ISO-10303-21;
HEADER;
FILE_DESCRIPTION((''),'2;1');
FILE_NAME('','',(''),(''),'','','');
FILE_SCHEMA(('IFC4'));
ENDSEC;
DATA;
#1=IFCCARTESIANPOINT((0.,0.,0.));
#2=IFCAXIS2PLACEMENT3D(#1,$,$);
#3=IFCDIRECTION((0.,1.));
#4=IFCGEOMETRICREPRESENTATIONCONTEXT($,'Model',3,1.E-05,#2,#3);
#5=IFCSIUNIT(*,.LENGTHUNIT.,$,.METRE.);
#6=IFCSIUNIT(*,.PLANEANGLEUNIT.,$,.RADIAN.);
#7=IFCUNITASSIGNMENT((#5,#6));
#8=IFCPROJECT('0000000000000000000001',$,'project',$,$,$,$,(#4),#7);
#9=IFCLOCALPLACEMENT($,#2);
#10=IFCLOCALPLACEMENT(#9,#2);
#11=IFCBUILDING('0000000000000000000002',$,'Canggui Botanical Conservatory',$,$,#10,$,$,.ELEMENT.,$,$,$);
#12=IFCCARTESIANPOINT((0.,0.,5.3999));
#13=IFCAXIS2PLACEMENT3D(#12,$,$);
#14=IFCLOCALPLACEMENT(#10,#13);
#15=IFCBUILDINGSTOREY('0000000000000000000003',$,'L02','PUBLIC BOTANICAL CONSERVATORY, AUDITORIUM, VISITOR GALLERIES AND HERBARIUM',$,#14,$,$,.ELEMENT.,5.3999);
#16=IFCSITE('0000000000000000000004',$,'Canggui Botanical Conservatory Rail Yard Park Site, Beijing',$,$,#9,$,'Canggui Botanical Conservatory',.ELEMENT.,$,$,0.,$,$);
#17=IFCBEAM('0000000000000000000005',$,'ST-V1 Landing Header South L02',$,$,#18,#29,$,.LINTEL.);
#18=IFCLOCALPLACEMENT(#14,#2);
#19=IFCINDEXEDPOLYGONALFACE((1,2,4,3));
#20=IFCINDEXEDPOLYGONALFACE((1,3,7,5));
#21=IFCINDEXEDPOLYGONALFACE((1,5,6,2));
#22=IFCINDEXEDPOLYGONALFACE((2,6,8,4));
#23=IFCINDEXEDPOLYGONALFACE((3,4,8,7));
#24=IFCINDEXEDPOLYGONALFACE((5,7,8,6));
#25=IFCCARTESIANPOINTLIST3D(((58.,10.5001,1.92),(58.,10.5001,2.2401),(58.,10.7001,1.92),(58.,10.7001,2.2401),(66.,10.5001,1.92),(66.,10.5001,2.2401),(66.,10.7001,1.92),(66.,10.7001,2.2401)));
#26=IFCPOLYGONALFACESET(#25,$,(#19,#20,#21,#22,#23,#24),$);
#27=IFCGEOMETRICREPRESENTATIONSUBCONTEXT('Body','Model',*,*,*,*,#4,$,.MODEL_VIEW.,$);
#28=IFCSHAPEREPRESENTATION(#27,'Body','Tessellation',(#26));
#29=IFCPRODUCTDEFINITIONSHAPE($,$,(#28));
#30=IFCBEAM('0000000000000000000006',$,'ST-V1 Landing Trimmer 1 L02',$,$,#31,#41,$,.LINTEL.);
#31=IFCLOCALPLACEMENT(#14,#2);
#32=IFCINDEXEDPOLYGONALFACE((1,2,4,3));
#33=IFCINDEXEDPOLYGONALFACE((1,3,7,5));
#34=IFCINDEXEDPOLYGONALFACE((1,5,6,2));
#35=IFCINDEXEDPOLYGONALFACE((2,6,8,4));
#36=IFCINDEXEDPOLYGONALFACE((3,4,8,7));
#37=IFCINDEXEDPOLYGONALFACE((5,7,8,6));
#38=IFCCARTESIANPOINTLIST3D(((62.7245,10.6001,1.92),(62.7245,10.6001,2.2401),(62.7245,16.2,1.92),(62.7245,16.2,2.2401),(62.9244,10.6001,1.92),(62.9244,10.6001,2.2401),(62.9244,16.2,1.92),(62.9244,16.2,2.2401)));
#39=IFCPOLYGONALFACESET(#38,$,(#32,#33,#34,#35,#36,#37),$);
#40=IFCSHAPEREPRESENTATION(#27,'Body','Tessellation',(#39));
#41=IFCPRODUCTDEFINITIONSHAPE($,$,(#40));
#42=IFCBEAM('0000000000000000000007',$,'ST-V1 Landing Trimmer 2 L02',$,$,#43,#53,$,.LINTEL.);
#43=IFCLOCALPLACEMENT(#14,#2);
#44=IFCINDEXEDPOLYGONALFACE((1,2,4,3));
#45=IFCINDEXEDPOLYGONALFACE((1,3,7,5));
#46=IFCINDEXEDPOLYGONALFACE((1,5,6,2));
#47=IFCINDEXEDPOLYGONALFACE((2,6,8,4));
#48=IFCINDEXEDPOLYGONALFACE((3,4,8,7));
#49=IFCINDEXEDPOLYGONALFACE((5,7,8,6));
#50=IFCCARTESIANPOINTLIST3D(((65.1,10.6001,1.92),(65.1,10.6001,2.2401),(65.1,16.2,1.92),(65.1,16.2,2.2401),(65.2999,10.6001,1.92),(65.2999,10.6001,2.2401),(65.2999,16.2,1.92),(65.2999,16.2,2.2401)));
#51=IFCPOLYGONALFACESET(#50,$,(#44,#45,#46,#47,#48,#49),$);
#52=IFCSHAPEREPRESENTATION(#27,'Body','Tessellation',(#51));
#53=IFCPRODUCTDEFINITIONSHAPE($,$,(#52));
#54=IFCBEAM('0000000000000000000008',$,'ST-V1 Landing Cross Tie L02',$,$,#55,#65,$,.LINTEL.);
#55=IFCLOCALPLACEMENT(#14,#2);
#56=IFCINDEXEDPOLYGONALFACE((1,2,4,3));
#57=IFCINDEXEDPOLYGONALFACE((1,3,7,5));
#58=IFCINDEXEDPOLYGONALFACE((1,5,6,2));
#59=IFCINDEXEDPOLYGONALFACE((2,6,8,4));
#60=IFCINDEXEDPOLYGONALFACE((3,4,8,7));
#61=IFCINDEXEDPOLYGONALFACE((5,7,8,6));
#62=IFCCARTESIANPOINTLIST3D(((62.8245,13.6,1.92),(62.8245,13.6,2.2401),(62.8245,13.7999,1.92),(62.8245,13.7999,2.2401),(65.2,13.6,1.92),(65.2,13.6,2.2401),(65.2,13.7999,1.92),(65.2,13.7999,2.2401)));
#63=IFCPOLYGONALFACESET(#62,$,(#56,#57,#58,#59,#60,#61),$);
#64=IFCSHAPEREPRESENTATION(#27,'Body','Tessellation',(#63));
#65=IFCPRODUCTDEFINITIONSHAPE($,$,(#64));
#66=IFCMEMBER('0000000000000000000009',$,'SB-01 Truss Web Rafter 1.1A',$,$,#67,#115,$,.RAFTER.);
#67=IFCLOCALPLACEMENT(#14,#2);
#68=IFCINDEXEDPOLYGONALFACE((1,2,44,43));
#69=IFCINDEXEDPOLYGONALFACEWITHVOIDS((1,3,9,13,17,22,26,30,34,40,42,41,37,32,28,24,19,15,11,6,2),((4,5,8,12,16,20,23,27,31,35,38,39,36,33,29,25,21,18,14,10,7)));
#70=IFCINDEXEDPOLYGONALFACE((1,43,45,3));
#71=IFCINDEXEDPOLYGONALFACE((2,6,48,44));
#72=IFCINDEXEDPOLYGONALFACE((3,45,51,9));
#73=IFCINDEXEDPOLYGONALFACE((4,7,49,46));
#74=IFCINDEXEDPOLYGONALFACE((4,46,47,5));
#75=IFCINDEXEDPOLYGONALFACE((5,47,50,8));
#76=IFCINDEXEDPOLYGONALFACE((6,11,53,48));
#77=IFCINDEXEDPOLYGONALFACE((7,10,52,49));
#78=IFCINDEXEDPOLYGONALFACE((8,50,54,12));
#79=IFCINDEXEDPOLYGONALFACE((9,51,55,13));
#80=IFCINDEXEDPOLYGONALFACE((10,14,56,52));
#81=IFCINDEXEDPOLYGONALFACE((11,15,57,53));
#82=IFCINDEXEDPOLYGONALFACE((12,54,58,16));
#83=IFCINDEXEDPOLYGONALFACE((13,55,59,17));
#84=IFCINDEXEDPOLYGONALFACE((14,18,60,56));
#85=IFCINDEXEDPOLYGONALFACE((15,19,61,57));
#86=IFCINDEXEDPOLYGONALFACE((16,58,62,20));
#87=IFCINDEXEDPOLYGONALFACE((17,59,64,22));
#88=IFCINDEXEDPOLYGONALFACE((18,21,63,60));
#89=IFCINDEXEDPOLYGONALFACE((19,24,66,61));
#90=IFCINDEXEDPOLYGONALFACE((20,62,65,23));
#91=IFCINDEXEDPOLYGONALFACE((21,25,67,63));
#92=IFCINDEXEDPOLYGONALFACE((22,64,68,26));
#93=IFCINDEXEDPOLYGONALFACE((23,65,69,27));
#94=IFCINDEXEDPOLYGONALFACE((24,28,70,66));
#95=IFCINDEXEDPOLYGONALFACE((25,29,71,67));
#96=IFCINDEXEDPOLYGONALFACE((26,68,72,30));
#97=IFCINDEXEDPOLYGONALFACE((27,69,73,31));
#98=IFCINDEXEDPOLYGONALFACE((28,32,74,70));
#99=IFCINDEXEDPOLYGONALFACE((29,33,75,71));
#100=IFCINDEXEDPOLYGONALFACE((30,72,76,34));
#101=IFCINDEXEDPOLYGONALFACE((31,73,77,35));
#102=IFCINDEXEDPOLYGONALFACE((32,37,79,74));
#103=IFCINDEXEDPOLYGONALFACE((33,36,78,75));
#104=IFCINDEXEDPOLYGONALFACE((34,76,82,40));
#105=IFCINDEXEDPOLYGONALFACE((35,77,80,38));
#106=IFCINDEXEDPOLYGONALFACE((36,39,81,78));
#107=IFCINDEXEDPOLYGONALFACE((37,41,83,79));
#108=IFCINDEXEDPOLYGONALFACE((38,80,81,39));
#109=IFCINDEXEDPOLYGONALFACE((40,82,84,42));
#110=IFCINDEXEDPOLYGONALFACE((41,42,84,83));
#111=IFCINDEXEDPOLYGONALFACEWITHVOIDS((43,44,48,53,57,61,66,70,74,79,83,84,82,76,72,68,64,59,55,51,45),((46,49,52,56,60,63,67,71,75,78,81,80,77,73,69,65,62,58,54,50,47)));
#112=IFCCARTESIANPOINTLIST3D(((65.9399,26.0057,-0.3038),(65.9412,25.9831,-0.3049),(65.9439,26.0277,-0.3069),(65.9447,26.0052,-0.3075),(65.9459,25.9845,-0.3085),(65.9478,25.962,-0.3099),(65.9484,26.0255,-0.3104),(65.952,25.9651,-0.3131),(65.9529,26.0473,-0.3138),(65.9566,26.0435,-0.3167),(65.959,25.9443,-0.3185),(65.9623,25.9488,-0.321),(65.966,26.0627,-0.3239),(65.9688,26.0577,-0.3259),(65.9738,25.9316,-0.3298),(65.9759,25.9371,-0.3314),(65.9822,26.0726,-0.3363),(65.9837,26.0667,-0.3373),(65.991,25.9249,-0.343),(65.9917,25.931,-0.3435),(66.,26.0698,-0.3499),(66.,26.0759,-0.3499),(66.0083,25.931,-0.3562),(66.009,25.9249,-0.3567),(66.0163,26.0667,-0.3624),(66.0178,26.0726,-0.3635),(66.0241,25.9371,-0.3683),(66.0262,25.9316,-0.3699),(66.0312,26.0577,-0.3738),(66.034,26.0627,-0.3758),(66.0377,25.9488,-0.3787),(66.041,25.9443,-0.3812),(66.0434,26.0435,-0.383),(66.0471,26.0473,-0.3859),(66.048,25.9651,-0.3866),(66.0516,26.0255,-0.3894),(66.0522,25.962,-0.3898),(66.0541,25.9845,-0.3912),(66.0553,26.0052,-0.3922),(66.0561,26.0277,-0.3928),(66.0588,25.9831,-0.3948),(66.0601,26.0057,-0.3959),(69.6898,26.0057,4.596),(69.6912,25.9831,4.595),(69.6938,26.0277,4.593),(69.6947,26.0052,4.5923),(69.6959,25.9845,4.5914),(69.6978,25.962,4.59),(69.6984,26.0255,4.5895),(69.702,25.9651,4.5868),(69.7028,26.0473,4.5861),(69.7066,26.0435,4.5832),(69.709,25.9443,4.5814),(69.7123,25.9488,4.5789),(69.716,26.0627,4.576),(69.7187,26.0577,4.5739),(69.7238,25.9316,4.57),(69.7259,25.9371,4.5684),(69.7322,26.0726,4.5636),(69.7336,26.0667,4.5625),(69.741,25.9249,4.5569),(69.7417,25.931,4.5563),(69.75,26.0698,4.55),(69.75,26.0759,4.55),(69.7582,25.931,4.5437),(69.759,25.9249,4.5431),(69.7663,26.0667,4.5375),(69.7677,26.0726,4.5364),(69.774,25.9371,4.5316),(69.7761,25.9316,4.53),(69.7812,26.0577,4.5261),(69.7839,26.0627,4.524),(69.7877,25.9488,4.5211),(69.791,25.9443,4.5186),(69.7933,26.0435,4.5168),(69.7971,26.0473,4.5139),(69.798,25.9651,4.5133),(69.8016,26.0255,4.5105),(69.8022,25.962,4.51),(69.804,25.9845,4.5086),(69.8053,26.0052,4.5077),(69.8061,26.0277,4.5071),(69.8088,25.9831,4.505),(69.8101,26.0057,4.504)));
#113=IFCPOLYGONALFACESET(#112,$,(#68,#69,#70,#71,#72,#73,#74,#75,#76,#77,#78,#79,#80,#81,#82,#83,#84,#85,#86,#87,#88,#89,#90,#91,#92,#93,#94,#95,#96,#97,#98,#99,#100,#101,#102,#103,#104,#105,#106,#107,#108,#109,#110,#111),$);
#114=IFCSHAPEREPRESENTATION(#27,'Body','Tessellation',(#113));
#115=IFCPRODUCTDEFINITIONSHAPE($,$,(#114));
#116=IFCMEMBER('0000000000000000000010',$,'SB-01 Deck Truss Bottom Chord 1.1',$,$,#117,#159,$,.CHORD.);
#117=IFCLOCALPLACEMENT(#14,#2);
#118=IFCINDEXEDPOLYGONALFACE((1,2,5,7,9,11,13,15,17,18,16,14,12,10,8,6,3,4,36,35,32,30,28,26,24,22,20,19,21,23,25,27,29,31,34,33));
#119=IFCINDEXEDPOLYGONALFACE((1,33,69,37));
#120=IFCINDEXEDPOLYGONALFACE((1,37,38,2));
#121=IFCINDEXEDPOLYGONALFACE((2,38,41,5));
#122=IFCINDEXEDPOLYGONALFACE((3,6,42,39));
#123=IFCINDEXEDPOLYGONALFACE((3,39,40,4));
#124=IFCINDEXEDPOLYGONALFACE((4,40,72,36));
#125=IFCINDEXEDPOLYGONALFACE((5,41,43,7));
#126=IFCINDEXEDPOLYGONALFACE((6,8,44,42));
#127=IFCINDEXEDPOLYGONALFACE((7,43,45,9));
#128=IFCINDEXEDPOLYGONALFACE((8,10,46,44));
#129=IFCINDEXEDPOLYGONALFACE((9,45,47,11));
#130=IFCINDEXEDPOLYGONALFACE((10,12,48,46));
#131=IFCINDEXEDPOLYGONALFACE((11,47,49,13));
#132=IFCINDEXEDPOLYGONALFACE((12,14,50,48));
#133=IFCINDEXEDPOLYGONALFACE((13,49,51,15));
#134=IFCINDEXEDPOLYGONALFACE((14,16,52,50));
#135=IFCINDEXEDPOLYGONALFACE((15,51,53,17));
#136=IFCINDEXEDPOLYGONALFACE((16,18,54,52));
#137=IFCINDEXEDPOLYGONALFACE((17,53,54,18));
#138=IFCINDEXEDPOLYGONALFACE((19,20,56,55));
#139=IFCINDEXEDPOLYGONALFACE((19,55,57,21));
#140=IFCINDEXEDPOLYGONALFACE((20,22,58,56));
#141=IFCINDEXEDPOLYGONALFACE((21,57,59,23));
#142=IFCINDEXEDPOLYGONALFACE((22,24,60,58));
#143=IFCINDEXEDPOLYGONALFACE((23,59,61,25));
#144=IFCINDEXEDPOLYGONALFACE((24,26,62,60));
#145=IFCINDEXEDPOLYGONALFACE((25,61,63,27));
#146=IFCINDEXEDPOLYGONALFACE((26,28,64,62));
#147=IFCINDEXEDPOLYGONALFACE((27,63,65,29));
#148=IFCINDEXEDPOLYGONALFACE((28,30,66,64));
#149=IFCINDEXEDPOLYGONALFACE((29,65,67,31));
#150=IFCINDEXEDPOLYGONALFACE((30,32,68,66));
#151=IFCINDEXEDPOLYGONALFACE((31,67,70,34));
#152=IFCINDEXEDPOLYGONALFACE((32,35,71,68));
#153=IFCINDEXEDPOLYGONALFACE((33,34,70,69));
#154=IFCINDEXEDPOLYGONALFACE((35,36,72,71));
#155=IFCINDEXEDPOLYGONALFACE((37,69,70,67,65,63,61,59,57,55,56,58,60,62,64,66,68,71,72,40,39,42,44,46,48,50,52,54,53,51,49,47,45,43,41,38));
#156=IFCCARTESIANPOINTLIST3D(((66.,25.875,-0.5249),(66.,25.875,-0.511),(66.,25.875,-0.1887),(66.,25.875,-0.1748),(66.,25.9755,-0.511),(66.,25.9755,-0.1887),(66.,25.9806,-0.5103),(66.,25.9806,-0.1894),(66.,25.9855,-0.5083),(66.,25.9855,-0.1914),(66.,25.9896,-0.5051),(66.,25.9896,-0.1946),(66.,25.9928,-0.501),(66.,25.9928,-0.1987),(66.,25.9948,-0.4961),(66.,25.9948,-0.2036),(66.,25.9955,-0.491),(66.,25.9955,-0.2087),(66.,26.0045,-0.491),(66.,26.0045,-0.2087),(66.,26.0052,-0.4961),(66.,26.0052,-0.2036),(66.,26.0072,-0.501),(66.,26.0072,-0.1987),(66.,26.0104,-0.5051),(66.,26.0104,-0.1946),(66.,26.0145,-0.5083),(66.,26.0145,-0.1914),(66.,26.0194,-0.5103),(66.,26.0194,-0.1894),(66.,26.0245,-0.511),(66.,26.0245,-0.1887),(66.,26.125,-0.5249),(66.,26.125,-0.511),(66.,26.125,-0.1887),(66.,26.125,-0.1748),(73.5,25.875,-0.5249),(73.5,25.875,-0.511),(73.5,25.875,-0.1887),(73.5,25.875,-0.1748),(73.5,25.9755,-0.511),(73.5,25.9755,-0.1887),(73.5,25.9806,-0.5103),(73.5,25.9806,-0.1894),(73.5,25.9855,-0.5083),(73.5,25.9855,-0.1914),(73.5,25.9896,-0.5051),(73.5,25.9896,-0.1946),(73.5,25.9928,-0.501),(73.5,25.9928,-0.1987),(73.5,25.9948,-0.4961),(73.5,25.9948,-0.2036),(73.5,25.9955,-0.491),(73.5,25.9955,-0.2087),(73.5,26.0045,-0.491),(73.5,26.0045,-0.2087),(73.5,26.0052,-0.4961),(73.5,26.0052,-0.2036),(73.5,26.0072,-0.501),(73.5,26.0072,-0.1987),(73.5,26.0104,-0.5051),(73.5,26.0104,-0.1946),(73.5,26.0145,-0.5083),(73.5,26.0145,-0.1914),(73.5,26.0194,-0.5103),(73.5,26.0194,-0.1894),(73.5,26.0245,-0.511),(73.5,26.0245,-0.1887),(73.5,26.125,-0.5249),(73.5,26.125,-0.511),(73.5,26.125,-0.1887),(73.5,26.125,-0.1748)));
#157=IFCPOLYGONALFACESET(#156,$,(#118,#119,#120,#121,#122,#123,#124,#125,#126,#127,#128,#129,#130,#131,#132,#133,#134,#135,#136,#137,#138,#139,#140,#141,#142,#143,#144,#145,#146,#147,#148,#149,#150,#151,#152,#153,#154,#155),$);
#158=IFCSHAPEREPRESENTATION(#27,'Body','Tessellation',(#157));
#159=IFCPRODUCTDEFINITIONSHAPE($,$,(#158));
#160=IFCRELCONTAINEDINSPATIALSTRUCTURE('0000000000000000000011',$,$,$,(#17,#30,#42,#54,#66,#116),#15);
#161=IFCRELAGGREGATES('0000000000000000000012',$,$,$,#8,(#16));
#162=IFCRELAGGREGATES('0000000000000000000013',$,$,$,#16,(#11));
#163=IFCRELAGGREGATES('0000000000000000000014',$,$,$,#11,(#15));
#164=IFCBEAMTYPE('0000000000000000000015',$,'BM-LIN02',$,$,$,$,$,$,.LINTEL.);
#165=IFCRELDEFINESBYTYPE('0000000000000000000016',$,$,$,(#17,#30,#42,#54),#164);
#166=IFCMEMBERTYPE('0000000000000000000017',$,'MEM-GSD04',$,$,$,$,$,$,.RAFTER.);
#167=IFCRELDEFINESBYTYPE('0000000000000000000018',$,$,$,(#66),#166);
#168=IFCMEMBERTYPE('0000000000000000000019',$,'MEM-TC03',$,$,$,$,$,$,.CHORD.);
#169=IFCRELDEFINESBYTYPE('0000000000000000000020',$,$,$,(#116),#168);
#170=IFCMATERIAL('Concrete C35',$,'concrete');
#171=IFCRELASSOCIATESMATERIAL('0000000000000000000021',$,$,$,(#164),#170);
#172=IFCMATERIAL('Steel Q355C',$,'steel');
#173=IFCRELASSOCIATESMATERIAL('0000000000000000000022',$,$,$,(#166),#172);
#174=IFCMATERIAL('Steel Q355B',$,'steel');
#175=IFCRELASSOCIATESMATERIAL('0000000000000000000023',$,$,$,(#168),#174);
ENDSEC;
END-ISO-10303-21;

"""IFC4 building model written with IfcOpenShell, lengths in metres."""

from ifc_helpers import new_model, si_unit, direction, frame, origin, origin_2d, place, context, subcontext, project, spatial, rectangle, hollow_circle, i_section, extrude, material, material_profile, profile_set, type_object, element, save


model = new_model("IFC4")

# Units and contexts
model_context = context("Model", 3, precision=1e-05, world=origin(), true_north=direction((0.0, 1.0)))
body_context = subcontext(model_context, "Body", "Model", "MODEL_VIEW")
ifc_project = project(units=[si_unit("LENGTHUNIT", "METRE"), si_unit("PLANEANGLEUNIT", "RADIAN")], contexts=[model_context])

# Site, building, storey
site_placement = place(None, origin())
site = spatial("IfcSite", under=ifc_project, at=site_placement, Name="Canggui Botanical Conservatory Rail Yard Park Site, Beijing", LongName="Canggui Botanical Conservatory", CompositionType="ELEMENT", RefElevation=0.0)
building_placement = place(site_placement, origin())
building = spatial("IfcBuilding", under=site, at=building_placement, Name="Canggui Botanical Conservatory", CompositionType="ELEMENT")
storey_placement = place(building_placement, frame((0.0, 0.0, 5.3999)))
storey = spatial("IfcBuildingStorey", under=building, at=storey_placement, Name="L02", Description="PUBLIC BOTANICAL CONSERVATORY, AUDITORIUM, VISITOR GALLERIES AND HERBARIUM", CompositionType="ELEMENT", Elevation=5.3999)

# Shared definitions
ifc_material_1 = material(Name="Concrete C35", Category="concrete")

# Beams
ifc_material_2 = material(Name="Steel Q355B", Category="steel")
ifc_material_profile_1 = material_profile(ifc_material_1, rectangle(XDim=0.2, YDim=0.3201, at=origin_2d()), Name="RB 200x320")
ifc_profile_set_1 = profile_set([ifc_material_profile_1], Name="Concrete C35")
beam_type_1 = type_object("IfcBeamType", Name="BM-LIN02", PredefinedType="LINTEL", material=ifc_profile_set_1)
beam_1_placement = place(storey_placement, frame((58.0, 10.6001, 2.0801), z_axis=(1.0, 0.0, 0.0), x_axis=(0.0, 1.0, 0.0)))
element("IfcBeam", 1, at=beam_1_placement, inside=storey, type_object=beam_type_1, Name="ST-V1 Landing Header South L02", PredefinedType="LINTEL", context=body_context, shape_type="SweptSolid", body=[
    extrude(rectangle(XDim=0.2, YDim=0.3201, at=origin_2d()), origin(), (0.0, 0.0, 1.0), 8.0),
])
for number, where, z_axis, x_axis, name in (
    (2, (62.8245, 10.6001, 2.0801), (0.0, 1.0, 0.0), (-1.0, 0.0, 0.0), "ST-V1 Landing Trimmer 1 L02"),
    (3, (65.2, 10.6001, 2.0801), (0.0, 1.0, 0.0), (-1.0, 0.0, 0.0), "ST-V1 Landing Trimmer 2 L02"),
):
    element("IfcBeam", number, at=place(storey_placement, frame(where, z_axis=z_axis, x_axis=x_axis)), inside=storey, type_object=beam_type_1, Name=name, PredefinedType="LINTEL", context=body_context, shape_type="SweptSolid", body=[
        extrude(rectangle(XDim=0.2, YDim=0.3201, at=origin_2d()), origin(), (0.0, 0.0, 1.0), 5.5999),
    ])
beam_2_placement = place(storey_placement, frame((62.8245, 13.7, 2.0801), z_axis=(1.0, 0.0, 0.0), x_axis=(0.0, 1.0, 0.0)))
element("IfcBeam", 4, at=beam_2_placement, inside=storey, type_object=beam_type_1, Name="ST-V1 Landing Cross Tie L02", PredefinedType="LINTEL", context=body_context, shape_type="SweptSolid", body=[
    extrude(rectangle(XDim=0.2, YDim=0.3201, at=origin_2d()), origin(), (0.0, 0.0, 1.0), 2.3755),
])

# Members
ifc_material_3 = material(Name="Steel Q355C", Category="steel")
ifc_material_profile_2 = material_profile(ifc_material_3, hollow_circle(Radius=0.0759, WallThickness=0.0061, at=origin_2d()), Name="CHS 152x6")
ifc_profile_set_2 = profile_set([ifc_material_profile_2], Name="Steel Q355C")
member_type_1 = type_object("IfcMemberType", Name="MEM-GSD04", PredefinedType="RAFTER", material=ifc_profile_set_2)
member_1_placement = place(storey_placement, frame((66.0, 26.0, -0.3499), z_axis=(0.607758, 0.0, 0.794122), x_axis=(0.0, 1.0, 0.0)))
element("IfcMember", 5, at=member_1_placement, inside=storey, type_object=member_type_1, Name="SB-01 Truss Web Rafter 1.1A", PredefinedType="RAFTER", context=body_context, shape_type="SweptSolid", body=[
    extrude(hollow_circle(Radius=0.0759, WallThickness=0.0061, at=origin_2d()), origin(), (0.0, 0.0, 1.0), 6.1702),
])
ifc_material_profile_3 = material_profile(ifc_material_2, i_section(OverallWidth=0.25, OverallDepth=0.3501, WebThickness=0.009, FlangeThickness=0.0139, FilletRadius=0.02, at=origin_2d()), Name="HM 350x250x9x14")
ifc_profile_set_3 = profile_set([ifc_material_profile_3], Name="Steel Q355B")
member_type_2 = type_object("IfcMemberType", Name="MEM-TC03", PredefinedType="CHORD", material=ifc_profile_set_3)
member_2_placement = place(storey_placement, frame((66.0, 26.0, -0.3499), z_axis=(1.0, 0.0, 0.0), x_axis=(0.0, 1.0, 0.0)))
element("IfcMember", 6, at=member_2_placement, inside=storey, type_object=member_type_2, Name="SB-01 Deck Truss Bottom Chord 1.1", PredefinedType="CHORD", context=body_context, shape_type="SweptSolid", body=[
    extrude(i_section(OverallWidth=0.25, OverallDepth=0.3501, WebThickness=0.009, FlangeThickness=0.0139, FilletRadius=0.02, at=origin_2d()), origin(), (0.0, 0.0, 1.0), 7.5),
])

save(model, "model.ifc")
